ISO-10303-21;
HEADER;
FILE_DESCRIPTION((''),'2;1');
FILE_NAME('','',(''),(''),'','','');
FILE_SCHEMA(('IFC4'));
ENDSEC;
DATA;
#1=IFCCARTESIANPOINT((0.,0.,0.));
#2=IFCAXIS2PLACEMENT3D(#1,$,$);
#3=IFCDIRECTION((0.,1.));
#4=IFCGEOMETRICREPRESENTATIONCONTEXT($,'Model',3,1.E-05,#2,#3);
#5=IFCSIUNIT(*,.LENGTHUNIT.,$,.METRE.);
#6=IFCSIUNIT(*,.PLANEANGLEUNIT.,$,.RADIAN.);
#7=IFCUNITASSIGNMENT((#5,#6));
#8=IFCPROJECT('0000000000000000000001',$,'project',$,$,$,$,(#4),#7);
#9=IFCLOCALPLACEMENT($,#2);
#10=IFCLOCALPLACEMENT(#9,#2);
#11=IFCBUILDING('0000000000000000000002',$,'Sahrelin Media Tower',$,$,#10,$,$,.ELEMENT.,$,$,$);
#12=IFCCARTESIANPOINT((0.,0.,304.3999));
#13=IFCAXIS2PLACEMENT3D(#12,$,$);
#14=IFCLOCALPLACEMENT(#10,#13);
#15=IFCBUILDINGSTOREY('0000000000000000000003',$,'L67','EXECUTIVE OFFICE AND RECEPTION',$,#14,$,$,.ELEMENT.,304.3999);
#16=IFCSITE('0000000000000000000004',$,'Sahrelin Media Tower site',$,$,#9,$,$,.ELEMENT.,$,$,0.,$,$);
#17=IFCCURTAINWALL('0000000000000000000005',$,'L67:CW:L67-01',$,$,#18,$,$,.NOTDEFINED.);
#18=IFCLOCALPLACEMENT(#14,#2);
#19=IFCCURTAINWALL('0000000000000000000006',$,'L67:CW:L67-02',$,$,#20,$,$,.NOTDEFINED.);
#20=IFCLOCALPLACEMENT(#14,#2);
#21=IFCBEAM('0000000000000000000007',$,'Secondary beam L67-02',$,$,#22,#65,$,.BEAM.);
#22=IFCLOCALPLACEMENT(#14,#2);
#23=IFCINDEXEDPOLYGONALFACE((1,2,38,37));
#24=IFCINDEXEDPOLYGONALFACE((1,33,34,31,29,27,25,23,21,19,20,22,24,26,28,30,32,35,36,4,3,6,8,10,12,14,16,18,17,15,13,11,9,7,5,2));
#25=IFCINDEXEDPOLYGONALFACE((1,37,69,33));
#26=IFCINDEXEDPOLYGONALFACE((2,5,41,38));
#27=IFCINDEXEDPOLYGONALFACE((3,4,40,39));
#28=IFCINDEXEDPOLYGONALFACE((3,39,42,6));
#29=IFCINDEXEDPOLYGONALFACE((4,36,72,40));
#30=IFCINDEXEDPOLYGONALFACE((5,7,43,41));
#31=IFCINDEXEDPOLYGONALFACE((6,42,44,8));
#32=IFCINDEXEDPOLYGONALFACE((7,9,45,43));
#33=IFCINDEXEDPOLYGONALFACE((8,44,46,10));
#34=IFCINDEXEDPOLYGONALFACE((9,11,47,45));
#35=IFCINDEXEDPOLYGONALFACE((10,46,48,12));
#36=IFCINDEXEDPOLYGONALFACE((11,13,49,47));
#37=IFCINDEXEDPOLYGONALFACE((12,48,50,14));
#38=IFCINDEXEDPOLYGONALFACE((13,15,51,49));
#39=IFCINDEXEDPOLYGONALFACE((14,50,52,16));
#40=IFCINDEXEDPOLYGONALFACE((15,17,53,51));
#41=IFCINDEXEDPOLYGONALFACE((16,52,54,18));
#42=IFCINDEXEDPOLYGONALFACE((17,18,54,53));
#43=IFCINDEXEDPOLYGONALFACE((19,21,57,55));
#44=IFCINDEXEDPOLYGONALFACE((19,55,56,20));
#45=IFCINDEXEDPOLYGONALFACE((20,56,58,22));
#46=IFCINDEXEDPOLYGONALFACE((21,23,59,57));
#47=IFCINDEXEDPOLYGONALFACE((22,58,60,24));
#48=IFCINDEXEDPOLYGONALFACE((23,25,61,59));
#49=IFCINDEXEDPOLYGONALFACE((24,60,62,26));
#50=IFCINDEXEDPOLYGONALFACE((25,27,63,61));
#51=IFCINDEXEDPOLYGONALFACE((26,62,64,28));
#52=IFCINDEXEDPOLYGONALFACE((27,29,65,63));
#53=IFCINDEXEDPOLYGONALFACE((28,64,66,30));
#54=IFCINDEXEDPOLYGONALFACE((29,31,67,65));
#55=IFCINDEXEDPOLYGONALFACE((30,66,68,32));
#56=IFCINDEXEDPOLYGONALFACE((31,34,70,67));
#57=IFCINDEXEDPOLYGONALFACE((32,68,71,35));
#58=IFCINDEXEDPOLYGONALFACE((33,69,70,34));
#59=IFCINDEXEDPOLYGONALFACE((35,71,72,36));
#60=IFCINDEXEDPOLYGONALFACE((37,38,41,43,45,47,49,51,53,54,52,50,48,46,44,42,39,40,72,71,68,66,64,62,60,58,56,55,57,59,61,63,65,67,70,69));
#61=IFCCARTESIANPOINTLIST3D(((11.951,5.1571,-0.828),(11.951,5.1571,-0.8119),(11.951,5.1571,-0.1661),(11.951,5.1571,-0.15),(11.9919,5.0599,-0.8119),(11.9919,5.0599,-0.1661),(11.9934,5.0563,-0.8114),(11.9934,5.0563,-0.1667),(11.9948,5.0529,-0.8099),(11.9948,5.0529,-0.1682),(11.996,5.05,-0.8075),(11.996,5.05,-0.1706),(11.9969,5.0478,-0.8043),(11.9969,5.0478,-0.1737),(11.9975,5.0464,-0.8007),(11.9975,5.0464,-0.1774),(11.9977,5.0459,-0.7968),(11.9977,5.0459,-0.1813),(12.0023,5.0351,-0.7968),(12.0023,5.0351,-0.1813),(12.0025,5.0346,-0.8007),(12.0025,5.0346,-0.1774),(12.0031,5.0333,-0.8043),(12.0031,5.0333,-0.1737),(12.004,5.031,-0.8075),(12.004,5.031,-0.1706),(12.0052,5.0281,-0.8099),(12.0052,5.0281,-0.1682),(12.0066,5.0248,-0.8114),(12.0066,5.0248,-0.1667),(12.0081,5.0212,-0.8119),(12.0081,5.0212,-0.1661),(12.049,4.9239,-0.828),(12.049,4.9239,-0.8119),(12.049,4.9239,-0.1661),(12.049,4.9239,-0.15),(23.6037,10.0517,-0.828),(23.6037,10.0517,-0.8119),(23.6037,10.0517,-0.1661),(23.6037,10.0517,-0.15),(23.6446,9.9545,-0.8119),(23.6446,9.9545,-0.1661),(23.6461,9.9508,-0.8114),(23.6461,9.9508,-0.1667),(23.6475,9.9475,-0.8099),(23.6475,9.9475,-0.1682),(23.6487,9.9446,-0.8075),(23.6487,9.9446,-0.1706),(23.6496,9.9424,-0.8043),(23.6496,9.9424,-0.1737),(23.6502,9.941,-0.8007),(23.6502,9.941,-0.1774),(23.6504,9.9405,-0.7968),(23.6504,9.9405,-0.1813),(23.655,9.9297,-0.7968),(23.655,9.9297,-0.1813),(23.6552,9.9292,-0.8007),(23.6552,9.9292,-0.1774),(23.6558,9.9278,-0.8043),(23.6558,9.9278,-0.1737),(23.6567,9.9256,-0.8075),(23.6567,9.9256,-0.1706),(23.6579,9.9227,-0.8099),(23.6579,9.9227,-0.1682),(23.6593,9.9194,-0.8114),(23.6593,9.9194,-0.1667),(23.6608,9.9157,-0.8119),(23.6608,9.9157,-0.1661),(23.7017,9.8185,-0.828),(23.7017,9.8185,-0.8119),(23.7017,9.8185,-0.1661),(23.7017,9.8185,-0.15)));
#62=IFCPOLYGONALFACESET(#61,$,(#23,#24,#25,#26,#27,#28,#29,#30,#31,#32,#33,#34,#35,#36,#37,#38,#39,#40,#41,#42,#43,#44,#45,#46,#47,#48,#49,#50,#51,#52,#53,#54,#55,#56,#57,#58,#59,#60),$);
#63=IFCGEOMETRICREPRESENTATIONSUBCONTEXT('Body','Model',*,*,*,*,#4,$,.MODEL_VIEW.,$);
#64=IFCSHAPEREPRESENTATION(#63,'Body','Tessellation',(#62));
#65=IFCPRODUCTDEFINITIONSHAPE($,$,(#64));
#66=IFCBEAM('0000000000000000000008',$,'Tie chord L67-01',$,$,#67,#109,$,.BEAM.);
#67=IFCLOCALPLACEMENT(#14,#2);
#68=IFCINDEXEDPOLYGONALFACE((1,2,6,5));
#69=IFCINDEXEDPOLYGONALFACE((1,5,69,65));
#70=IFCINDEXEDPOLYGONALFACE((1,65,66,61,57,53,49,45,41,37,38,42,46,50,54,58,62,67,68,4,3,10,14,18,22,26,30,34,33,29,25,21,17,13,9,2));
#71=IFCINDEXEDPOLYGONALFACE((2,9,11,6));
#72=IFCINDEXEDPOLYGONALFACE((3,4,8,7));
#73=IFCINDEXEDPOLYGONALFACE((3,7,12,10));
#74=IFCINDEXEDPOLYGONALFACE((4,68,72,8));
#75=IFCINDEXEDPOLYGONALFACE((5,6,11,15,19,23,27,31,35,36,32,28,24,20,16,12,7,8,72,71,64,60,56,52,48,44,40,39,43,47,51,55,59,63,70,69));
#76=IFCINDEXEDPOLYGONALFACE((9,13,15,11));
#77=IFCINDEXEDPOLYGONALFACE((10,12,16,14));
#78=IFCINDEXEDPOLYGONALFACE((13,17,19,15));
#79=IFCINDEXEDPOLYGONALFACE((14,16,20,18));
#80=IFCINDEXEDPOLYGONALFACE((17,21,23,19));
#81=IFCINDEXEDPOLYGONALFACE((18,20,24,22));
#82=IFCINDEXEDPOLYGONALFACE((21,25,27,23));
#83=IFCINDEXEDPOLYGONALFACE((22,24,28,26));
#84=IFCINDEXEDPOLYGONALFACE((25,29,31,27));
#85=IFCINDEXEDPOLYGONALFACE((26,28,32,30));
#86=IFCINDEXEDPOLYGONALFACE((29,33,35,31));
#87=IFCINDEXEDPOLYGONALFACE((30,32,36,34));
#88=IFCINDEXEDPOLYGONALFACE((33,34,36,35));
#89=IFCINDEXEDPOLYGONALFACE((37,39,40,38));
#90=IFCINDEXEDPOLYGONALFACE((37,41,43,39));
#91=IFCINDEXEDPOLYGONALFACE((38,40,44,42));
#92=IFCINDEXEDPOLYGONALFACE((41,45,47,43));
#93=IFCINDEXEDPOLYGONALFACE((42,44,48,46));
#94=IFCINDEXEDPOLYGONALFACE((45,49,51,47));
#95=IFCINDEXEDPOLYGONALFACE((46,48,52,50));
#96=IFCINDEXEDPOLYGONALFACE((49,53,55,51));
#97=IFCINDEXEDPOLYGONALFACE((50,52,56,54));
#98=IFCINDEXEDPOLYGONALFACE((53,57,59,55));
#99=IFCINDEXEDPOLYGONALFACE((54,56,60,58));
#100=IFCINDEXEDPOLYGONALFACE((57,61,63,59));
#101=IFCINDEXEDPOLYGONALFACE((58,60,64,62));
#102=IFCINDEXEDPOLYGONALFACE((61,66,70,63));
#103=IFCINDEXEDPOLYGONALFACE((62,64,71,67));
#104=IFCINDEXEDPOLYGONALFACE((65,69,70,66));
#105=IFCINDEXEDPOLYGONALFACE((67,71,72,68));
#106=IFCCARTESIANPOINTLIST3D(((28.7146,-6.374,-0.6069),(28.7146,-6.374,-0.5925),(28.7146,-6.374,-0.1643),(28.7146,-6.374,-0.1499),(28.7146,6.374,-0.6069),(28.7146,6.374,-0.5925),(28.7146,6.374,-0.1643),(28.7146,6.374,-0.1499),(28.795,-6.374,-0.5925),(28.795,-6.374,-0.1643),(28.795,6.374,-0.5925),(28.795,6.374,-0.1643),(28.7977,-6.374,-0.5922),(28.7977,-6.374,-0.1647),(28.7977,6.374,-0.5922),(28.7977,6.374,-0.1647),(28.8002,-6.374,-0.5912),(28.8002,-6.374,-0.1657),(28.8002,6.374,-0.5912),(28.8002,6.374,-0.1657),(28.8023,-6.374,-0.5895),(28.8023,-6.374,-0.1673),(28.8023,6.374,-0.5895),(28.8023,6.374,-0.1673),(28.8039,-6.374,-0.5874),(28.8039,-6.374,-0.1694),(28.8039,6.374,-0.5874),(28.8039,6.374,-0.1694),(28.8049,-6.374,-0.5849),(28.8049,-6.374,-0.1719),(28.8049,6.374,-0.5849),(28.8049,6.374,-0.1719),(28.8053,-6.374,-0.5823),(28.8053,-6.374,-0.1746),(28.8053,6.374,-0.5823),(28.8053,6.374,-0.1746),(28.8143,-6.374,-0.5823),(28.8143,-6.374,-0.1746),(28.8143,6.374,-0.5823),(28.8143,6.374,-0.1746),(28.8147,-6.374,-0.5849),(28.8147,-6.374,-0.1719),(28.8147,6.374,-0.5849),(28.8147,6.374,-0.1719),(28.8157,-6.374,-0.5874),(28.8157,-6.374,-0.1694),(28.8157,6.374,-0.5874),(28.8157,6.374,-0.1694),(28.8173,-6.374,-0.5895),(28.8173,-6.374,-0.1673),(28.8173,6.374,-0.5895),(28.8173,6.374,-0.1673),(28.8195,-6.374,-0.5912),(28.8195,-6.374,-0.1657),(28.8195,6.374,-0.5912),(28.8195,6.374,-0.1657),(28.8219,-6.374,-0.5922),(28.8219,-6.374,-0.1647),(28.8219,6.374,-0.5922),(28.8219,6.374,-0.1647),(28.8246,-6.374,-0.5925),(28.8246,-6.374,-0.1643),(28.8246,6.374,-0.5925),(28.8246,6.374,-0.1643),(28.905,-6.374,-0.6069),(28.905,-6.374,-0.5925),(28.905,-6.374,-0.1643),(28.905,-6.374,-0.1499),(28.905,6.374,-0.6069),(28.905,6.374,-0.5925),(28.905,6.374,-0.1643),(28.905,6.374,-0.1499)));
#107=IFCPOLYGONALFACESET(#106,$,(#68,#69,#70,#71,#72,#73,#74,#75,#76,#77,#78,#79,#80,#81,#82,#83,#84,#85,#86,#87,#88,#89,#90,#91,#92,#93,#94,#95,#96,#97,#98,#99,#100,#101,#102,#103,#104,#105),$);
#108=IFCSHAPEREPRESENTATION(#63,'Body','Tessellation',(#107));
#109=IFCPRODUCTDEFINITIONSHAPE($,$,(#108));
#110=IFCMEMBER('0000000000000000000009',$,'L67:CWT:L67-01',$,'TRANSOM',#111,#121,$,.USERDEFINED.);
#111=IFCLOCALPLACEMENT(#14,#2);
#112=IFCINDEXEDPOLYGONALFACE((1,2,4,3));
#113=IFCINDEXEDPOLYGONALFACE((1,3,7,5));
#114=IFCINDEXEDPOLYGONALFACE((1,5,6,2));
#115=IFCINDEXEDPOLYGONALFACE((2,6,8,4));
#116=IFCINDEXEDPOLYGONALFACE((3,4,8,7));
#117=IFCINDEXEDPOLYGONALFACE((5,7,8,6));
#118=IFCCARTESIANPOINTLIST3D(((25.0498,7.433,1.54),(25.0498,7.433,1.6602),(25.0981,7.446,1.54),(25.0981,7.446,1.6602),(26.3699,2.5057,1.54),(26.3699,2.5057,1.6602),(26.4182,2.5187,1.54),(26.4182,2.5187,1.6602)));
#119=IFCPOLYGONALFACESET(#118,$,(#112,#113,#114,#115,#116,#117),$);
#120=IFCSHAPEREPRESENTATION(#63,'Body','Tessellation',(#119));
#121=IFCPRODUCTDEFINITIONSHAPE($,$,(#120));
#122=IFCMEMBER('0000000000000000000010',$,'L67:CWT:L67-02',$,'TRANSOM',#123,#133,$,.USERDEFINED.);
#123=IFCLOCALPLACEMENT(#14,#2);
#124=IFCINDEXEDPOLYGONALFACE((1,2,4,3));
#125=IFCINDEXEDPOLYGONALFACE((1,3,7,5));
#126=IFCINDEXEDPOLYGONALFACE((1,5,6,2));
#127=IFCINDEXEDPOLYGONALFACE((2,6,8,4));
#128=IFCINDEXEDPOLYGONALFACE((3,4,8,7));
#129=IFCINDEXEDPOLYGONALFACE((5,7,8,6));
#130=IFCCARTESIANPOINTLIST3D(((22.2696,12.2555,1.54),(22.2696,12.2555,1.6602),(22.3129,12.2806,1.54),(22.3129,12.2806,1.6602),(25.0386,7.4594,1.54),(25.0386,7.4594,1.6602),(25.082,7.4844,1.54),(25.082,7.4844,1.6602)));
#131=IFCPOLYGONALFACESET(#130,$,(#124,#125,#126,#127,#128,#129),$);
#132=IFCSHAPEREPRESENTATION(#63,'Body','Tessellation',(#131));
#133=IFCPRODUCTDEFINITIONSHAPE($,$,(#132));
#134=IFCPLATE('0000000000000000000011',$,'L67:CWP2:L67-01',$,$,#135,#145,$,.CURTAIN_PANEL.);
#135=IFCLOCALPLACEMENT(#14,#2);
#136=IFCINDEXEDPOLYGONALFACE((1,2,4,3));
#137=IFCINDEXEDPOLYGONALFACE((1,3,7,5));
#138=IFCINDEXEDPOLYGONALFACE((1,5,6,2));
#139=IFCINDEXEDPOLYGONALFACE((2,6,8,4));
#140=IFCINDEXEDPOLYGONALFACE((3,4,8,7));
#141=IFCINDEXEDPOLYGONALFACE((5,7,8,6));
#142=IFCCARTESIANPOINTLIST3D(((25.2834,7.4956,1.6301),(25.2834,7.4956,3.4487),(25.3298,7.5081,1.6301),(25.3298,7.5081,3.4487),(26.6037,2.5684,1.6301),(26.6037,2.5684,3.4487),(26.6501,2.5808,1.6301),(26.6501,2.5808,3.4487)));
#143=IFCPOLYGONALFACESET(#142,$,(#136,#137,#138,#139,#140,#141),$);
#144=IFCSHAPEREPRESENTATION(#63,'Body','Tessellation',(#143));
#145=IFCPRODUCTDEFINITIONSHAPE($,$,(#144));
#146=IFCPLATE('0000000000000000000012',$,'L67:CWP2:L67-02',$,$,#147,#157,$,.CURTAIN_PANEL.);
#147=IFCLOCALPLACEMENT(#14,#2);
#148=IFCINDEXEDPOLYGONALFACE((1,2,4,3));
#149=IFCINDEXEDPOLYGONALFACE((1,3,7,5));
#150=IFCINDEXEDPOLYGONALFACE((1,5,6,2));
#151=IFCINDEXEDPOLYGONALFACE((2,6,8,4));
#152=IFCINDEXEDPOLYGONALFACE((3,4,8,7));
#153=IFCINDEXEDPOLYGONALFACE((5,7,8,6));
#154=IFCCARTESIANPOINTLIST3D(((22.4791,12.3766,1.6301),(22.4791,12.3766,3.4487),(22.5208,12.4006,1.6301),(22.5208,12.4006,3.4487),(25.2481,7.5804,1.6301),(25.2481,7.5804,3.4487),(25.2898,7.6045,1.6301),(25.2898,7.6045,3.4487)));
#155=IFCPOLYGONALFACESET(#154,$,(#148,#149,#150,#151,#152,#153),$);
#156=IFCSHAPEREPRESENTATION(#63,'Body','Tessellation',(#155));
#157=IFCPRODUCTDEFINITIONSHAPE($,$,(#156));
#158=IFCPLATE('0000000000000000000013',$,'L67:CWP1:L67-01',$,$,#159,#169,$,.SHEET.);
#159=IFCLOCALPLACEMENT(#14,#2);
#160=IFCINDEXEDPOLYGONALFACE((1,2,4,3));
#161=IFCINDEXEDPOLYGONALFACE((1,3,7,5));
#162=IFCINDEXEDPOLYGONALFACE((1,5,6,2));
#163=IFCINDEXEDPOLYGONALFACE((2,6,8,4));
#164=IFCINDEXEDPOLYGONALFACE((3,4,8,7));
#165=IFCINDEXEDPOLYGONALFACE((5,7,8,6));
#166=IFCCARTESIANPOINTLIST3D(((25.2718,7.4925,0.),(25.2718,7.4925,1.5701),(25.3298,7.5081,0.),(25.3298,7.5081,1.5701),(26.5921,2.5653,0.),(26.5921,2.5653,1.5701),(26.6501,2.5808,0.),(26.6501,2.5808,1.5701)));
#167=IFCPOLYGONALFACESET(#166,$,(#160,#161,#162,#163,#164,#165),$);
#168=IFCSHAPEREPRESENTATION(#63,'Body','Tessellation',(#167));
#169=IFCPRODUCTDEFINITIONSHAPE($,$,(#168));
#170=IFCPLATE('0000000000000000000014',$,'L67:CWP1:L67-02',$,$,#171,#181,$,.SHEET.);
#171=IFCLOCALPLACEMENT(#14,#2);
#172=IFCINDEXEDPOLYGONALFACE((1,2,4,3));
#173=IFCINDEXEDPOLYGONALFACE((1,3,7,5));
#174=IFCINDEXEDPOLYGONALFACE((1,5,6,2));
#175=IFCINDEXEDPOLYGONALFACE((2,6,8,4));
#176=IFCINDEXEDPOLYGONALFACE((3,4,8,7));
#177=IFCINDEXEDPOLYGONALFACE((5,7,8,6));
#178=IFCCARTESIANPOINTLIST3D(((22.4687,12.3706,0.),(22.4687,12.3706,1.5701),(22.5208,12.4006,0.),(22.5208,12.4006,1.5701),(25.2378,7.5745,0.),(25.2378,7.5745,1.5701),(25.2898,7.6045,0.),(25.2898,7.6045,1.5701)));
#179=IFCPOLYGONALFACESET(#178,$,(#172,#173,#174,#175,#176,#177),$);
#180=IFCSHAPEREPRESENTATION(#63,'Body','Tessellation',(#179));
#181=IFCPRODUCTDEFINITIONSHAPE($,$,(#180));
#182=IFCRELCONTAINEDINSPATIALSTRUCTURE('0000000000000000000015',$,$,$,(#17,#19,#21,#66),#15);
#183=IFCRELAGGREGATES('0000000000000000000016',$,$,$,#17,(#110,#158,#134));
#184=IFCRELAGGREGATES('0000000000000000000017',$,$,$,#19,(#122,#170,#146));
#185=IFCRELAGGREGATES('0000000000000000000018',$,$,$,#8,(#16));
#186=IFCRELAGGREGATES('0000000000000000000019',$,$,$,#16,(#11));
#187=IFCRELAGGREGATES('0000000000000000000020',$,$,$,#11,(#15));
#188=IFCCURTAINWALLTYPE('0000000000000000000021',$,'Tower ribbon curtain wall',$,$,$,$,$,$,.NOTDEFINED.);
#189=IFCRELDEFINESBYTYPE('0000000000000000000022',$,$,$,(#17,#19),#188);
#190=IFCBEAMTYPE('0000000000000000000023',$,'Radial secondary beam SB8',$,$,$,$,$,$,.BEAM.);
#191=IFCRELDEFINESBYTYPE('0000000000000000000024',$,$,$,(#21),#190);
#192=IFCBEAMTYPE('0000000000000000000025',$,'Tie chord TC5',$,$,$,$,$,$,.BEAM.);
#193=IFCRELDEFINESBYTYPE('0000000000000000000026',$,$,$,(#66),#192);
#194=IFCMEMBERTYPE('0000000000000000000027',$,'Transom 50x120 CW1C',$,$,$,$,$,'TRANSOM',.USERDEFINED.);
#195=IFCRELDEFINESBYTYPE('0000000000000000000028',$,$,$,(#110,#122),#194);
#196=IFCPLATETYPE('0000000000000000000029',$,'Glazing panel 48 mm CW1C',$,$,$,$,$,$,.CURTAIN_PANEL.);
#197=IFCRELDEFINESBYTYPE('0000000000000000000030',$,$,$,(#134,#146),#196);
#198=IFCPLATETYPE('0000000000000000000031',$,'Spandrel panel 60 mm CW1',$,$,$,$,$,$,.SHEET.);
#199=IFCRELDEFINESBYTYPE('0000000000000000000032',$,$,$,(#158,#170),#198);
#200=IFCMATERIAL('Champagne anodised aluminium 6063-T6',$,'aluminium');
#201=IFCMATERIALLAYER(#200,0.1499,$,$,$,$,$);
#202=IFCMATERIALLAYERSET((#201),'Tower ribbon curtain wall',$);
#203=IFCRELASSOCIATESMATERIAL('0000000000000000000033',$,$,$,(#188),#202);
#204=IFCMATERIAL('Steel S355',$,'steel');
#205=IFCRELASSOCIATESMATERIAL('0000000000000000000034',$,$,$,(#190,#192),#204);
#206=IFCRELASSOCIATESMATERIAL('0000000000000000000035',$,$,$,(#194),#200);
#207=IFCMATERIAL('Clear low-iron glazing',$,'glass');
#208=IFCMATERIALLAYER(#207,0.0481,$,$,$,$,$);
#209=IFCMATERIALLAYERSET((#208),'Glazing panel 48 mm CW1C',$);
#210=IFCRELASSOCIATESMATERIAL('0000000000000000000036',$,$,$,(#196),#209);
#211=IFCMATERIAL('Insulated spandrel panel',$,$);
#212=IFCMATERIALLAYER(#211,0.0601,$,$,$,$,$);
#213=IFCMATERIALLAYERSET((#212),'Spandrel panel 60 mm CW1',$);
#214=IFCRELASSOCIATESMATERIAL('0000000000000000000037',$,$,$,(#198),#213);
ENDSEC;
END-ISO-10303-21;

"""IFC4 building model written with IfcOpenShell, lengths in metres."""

from ifc_helpers import new_model, si_unit, direction, frame, origin, origin_2d, place, context, subcontext, project, spatial, polyline, rectangle, i_section, outline, extrude, material, layer, layer_set, material_profile, profile_set, type_object, element, aggregate, save


model = new_model("IFC4")

# Units and contexts
model_context = context("Model", 3, precision=1e-05, world=origin(), true_north=direction((0.0, 1.0)))
body_context = subcontext(model_context, "Body", "Model", "MODEL_VIEW")
ifc_project = project(units=[si_unit("LENGTHUNIT", "METRE"), si_unit("PLANEANGLEUNIT", "RADIAN")], contexts=[model_context])

# Site, building, storey
site_placement = place(None, origin())
site = spatial("IfcSite", under=ifc_project, at=site_placement, Name="Sahrelin Media Tower site", CompositionType="ELEMENT", RefElevation=0.0)
building_placement = place(site_placement, origin())
building = spatial("IfcBuilding", under=site, at=building_placement, Name="Sahrelin Media Tower", CompositionType="ELEMENT")
storey_placement = place(building_placement, frame((0.0, 0.0, 304.3999)))
storey = spatial("IfcBuildingStorey", under=building, at=storey_placement, Name="L67", Description="EXECUTIVE OFFICE AND RECEPTION", CompositionType="ELEMENT", Elevation=304.3999)

# Shared definitions
ifc_material_1 = material(Name="Steel S355", Category="steel")

# Curtain walls
ifc_material_2 = material(Name="Champagne anodised aluminium 6063-T6", Category="aluminium")
ifc_layer_1 = layer(ifc_material_2, 0.1499)
ifc_layer_set_1 = layer_set([ifc_layer_1], Name="Tower ribbon curtain wall")
curtain_wall_type = type_object("IfcCurtainWallType", Name="Tower ribbon curtain wall", PredefinedType="NOTDEFINED", material=ifc_layer_set_1)
curtain_wall_1_placement = place(storey_placement, frame((25.9707, 5.0393, 0.0), z_axis=(0.0, 0.0, 1.0), x_axis=(1.0, 0.0, 0.0)))
curtain_wall_1 = element("IfcCurtainWall", 1, at=curtain_wall_1_placement, inside=storey, type_object=curtain_wall_type, Name="L67:CW:L67-01", PredefinedType="NOTDEFINED")
curtain_wall_2_placement = place(storey_placement, frame((23.8882, 9.9924, 0.0), z_axis=(0.0, 0.0, 1.0), x_axis=(1.0, 0.0, 0.0)))
curtain_wall_2 = element("IfcCurtainWall", 2, at=curtain_wall_2_placement, inside=storey, type_object=curtain_wall_type, Name="L67:CW:L67-02", PredefinedType="NOTDEFINED")

# Beams
ifc_material_profile_1 = material_profile(ifc_material_1, i_section(OverallWidth=0.2529, OverallDepth=0.678, WebThickness=0.0117, FlangeThickness=0.0161, FilletRadius=0.0151, at=origin_2d()), Name="UB 686x254x125")
ifc_profile_set_1 = profile_set([ifc_material_profile_1], Name="Steel S355")
beam_type_1 = type_object("IfcBeamType", Name="Radial secondary beam SB8", PredefinedType="BEAM", material=ifc_profile_set_1)
beam_1_placement = place(storey_placement, frame((12.0, 5.0405, -0.489), z_axis=(0.92197, 0.387262, 0.0), x_axis=(-0.387262, 0.92197, 0.0)))
element("IfcBeam", 3, at=beam_1_placement, inside=storey, type_object=beam_type_1, Name="Secondary beam L67-02", PredefinedType="BEAM", context=body_context, shape_type="SweptSolid", body=[
    extrude(i_section(OverallWidth=0.2529, OverallDepth=0.678, WebThickness=0.0117, FlangeThickness=0.0161, FilletRadius=0.0151, at=origin_2d()), origin(), (0.0, 0.0, 1.0), 12.6389),
])
ifc_material_profile_2 = material_profile(ifc_material_1, i_section(OverallWidth=0.1904, OverallDepth=0.457, WebThickness=0.009, FlangeThickness=0.0144, FilletRadius=0.0103, at=origin_2d()), Name="UB 457x191x74")
ifc_profile_set_2 = profile_set([ifc_material_profile_2], Name="Steel S355")
beam_type_2 = type_object("IfcBeamType", Name="Tie chord TC5", PredefinedType="BEAM", material=ifc_profile_set_2)
beam_2_placement = place(storey_placement, frame((28.8098, 6.374, -0.3784), z_axis=(0.0, -1.0, 0.0), x_axis=(1.0, 0.0, 0.0)))
element("IfcBeam", 4, at=beam_2_placement, inside=storey, type_object=beam_type_2, Name="Tie chord L67-01", PredefinedType="BEAM", context=body_context, shape_type="SweptSolid", body=[
    extrude(i_section(OverallWidth=0.1904, OverallDepth=0.457, WebThickness=0.009, FlangeThickness=0.0144, FilletRadius=0.0103, at=origin_2d()), origin(), (0.0, 0.0, 1.0), 12.748),
])

# Members
ifc_material_profile_3 = material_profile(ifc_material_2, rectangle(XDim=0.05, YDim=0.1201, at=origin_2d()), Name="Transom 50x120")
ifc_profile_set_3 = profile_set([ifc_material_profile_3], Name="Champagne anodised aluminium 6063-T6")
member_type_1 = type_object("IfcMemberType", Name="Transom 50x120 CW1C", ElementType="TRANSOM", PredefinedType="USERDEFINED", material=ifc_profile_set_3)
member_1_placement = place(storey_placement, frame((26.394, 2.5122, 1.6001), z_axis=(-0.258786, 0.965935, 0.0), x_axis=(-0.965935, -0.258786, 0.0)))
member_1 = element("IfcMember", 5, at=member_1_placement, type_object=member_type_1, Name="L67:CWT:L67-01", ObjectType="TRANSOM", PredefinedType="USERDEFINED", context=body_context, shape_type="SweptSolid", body=[
    extrude(rectangle(XDim=0.05, YDim=0.1201, at=origin_2d()), origin(), (0.0, 0.0, 1.0), 5.1011),
])
member_2_placement = place(storey_placement, frame((25.0603, 7.4719, 1.6001), z_axis=(-0.499998, 0.866026, 0.0), x_axis=(-0.866026, -0.499998, 0.0)))
member_2 = element("IfcMember", 6, at=member_2_placement, type_object=member_type_1, Name="L67:CWT:L67-02", ObjectType="TRANSOM", PredefinedType="USERDEFINED", context=body_context, shape_type="SweptSolid", body=[
    extrude(rectangle(XDim=0.05, YDim=0.1201, at=origin_2d()), origin(), (0.0, 0.0, 1.0), 5.5381),
])

# Plates
ifc_material_3 = material(Name="Clear low-iron glazing", Category="glass")
ifc_layer_2 = layer(ifc_material_3, 0.0481)
ifc_layer_set_2 = layer_set([ifc_layer_2], Name="Glazing panel 48 mm CW1C")
plate_type_1 = type_object("IfcPlateType", Name="Glazing panel 48 mm CW1C", PredefinedType="CURTAIN_PANEL", material=ifc_layer_set_2)
plate_1_placement = place(storey_placement, frame((26.6501, 2.5808, 1.6301), z_axis=(0.965923, 0.25883, 0.0), x_axis=(-0.25883, 0.965923, 0.0)))
plate_1 = element("IfcPlate", 7, at=plate_1_placement, type_object=plate_type_1, Name="L67:CWP2:L67-01", PredefinedType="CURTAIN_PANEL", context=body_context, shape_type="SweptSolid", body=[
    extrude(outline(polyline([(0.0, 0.0), (5.1011, 0.0), (5.1011, 1.8186), (0.0, 1.8186), (0.0, 0.0)])), origin(), (0.0, 0.0, -1.0), 0.0481),
])
plate_2_placement = place(storey_placement, frame((25.2898, 7.6045, 1.6301), z_axis=(0.866026, 0.499998, 0.0), x_axis=(-0.499998, 0.866026, 0.0)))
plate_2 = element("IfcPlate", 8, at=plate_2_placement, type_object=plate_type_1, Name="L67:CWP2:L67-02", PredefinedType="CURTAIN_PANEL", context=body_context, shape_type="SweptSolid", body=[
    extrude(outline(polyline([(0.0, 0.0), (5.5381, 0.0), (5.5381, 1.8186), (0.0, 1.8186), (0.0, 0.0)])), origin(), (0.0, 0.0, -1.0), 0.0481),
])
ifc_material_4 = material(Name="Insulated spandrel panel")
ifc_layer_3 = layer(ifc_material_4, 0.0601)
ifc_layer_set_3 = layer_set([ifc_layer_3], Name="Spandrel panel 60 mm CW1")
plate_type_2 = type_object("IfcPlateType", Name="Spandrel panel 60 mm CW1", PredefinedType="SHEET", material=ifc_layer_set_3)
plate_3_placement = place(storey_placement, frame((26.6501, 2.5808, 0.0), z_axis=(0.965923, 0.25883, 0.0), x_axis=(-0.25883, 0.965923, 0.0)))
plate_3 = element("IfcPlate", 9, at=plate_3_placement, type_object=plate_type_2, Name="L67:CWP1:L67-01", PredefinedType="SHEET", context=body_context, shape_type="SweptSolid", body=[
    extrude(outline(polyline([(0.0, 0.0), (5.1011, 0.0), (5.1011, 1.5701), (0.0, 1.5701), (0.0, 0.0)])), origin(), (0.0, 0.0, -1.0), 0.0601),
])
aggregate(curtain_wall_1, [member_1, plate_3, plate_1])
plate_4_placement = place(storey_placement, frame((25.2898, 7.6045, 0.0), z_axis=(0.866026, 0.499998, 0.0), x_axis=(-0.499998, 0.866026, 0.0)))
plate_4 = element("IfcPlate", 10, at=plate_4_placement, type_object=plate_type_2, Name="L67:CWP1:L67-02", PredefinedType="SHEET", context=body_context, shape_type="SweptSolid", body=[
    extrude(outline(polyline([(0.0, 0.0), (5.5381, 0.0), (5.5381, 1.5701), (0.0, 1.5701), (0.0, 0.0)])), origin(), (0.0, 0.0, -1.0), 0.0601),
])
aggregate(curtain_wall_2, [member_2, plate_4, plate_2])

save(model, "model.ifc")
